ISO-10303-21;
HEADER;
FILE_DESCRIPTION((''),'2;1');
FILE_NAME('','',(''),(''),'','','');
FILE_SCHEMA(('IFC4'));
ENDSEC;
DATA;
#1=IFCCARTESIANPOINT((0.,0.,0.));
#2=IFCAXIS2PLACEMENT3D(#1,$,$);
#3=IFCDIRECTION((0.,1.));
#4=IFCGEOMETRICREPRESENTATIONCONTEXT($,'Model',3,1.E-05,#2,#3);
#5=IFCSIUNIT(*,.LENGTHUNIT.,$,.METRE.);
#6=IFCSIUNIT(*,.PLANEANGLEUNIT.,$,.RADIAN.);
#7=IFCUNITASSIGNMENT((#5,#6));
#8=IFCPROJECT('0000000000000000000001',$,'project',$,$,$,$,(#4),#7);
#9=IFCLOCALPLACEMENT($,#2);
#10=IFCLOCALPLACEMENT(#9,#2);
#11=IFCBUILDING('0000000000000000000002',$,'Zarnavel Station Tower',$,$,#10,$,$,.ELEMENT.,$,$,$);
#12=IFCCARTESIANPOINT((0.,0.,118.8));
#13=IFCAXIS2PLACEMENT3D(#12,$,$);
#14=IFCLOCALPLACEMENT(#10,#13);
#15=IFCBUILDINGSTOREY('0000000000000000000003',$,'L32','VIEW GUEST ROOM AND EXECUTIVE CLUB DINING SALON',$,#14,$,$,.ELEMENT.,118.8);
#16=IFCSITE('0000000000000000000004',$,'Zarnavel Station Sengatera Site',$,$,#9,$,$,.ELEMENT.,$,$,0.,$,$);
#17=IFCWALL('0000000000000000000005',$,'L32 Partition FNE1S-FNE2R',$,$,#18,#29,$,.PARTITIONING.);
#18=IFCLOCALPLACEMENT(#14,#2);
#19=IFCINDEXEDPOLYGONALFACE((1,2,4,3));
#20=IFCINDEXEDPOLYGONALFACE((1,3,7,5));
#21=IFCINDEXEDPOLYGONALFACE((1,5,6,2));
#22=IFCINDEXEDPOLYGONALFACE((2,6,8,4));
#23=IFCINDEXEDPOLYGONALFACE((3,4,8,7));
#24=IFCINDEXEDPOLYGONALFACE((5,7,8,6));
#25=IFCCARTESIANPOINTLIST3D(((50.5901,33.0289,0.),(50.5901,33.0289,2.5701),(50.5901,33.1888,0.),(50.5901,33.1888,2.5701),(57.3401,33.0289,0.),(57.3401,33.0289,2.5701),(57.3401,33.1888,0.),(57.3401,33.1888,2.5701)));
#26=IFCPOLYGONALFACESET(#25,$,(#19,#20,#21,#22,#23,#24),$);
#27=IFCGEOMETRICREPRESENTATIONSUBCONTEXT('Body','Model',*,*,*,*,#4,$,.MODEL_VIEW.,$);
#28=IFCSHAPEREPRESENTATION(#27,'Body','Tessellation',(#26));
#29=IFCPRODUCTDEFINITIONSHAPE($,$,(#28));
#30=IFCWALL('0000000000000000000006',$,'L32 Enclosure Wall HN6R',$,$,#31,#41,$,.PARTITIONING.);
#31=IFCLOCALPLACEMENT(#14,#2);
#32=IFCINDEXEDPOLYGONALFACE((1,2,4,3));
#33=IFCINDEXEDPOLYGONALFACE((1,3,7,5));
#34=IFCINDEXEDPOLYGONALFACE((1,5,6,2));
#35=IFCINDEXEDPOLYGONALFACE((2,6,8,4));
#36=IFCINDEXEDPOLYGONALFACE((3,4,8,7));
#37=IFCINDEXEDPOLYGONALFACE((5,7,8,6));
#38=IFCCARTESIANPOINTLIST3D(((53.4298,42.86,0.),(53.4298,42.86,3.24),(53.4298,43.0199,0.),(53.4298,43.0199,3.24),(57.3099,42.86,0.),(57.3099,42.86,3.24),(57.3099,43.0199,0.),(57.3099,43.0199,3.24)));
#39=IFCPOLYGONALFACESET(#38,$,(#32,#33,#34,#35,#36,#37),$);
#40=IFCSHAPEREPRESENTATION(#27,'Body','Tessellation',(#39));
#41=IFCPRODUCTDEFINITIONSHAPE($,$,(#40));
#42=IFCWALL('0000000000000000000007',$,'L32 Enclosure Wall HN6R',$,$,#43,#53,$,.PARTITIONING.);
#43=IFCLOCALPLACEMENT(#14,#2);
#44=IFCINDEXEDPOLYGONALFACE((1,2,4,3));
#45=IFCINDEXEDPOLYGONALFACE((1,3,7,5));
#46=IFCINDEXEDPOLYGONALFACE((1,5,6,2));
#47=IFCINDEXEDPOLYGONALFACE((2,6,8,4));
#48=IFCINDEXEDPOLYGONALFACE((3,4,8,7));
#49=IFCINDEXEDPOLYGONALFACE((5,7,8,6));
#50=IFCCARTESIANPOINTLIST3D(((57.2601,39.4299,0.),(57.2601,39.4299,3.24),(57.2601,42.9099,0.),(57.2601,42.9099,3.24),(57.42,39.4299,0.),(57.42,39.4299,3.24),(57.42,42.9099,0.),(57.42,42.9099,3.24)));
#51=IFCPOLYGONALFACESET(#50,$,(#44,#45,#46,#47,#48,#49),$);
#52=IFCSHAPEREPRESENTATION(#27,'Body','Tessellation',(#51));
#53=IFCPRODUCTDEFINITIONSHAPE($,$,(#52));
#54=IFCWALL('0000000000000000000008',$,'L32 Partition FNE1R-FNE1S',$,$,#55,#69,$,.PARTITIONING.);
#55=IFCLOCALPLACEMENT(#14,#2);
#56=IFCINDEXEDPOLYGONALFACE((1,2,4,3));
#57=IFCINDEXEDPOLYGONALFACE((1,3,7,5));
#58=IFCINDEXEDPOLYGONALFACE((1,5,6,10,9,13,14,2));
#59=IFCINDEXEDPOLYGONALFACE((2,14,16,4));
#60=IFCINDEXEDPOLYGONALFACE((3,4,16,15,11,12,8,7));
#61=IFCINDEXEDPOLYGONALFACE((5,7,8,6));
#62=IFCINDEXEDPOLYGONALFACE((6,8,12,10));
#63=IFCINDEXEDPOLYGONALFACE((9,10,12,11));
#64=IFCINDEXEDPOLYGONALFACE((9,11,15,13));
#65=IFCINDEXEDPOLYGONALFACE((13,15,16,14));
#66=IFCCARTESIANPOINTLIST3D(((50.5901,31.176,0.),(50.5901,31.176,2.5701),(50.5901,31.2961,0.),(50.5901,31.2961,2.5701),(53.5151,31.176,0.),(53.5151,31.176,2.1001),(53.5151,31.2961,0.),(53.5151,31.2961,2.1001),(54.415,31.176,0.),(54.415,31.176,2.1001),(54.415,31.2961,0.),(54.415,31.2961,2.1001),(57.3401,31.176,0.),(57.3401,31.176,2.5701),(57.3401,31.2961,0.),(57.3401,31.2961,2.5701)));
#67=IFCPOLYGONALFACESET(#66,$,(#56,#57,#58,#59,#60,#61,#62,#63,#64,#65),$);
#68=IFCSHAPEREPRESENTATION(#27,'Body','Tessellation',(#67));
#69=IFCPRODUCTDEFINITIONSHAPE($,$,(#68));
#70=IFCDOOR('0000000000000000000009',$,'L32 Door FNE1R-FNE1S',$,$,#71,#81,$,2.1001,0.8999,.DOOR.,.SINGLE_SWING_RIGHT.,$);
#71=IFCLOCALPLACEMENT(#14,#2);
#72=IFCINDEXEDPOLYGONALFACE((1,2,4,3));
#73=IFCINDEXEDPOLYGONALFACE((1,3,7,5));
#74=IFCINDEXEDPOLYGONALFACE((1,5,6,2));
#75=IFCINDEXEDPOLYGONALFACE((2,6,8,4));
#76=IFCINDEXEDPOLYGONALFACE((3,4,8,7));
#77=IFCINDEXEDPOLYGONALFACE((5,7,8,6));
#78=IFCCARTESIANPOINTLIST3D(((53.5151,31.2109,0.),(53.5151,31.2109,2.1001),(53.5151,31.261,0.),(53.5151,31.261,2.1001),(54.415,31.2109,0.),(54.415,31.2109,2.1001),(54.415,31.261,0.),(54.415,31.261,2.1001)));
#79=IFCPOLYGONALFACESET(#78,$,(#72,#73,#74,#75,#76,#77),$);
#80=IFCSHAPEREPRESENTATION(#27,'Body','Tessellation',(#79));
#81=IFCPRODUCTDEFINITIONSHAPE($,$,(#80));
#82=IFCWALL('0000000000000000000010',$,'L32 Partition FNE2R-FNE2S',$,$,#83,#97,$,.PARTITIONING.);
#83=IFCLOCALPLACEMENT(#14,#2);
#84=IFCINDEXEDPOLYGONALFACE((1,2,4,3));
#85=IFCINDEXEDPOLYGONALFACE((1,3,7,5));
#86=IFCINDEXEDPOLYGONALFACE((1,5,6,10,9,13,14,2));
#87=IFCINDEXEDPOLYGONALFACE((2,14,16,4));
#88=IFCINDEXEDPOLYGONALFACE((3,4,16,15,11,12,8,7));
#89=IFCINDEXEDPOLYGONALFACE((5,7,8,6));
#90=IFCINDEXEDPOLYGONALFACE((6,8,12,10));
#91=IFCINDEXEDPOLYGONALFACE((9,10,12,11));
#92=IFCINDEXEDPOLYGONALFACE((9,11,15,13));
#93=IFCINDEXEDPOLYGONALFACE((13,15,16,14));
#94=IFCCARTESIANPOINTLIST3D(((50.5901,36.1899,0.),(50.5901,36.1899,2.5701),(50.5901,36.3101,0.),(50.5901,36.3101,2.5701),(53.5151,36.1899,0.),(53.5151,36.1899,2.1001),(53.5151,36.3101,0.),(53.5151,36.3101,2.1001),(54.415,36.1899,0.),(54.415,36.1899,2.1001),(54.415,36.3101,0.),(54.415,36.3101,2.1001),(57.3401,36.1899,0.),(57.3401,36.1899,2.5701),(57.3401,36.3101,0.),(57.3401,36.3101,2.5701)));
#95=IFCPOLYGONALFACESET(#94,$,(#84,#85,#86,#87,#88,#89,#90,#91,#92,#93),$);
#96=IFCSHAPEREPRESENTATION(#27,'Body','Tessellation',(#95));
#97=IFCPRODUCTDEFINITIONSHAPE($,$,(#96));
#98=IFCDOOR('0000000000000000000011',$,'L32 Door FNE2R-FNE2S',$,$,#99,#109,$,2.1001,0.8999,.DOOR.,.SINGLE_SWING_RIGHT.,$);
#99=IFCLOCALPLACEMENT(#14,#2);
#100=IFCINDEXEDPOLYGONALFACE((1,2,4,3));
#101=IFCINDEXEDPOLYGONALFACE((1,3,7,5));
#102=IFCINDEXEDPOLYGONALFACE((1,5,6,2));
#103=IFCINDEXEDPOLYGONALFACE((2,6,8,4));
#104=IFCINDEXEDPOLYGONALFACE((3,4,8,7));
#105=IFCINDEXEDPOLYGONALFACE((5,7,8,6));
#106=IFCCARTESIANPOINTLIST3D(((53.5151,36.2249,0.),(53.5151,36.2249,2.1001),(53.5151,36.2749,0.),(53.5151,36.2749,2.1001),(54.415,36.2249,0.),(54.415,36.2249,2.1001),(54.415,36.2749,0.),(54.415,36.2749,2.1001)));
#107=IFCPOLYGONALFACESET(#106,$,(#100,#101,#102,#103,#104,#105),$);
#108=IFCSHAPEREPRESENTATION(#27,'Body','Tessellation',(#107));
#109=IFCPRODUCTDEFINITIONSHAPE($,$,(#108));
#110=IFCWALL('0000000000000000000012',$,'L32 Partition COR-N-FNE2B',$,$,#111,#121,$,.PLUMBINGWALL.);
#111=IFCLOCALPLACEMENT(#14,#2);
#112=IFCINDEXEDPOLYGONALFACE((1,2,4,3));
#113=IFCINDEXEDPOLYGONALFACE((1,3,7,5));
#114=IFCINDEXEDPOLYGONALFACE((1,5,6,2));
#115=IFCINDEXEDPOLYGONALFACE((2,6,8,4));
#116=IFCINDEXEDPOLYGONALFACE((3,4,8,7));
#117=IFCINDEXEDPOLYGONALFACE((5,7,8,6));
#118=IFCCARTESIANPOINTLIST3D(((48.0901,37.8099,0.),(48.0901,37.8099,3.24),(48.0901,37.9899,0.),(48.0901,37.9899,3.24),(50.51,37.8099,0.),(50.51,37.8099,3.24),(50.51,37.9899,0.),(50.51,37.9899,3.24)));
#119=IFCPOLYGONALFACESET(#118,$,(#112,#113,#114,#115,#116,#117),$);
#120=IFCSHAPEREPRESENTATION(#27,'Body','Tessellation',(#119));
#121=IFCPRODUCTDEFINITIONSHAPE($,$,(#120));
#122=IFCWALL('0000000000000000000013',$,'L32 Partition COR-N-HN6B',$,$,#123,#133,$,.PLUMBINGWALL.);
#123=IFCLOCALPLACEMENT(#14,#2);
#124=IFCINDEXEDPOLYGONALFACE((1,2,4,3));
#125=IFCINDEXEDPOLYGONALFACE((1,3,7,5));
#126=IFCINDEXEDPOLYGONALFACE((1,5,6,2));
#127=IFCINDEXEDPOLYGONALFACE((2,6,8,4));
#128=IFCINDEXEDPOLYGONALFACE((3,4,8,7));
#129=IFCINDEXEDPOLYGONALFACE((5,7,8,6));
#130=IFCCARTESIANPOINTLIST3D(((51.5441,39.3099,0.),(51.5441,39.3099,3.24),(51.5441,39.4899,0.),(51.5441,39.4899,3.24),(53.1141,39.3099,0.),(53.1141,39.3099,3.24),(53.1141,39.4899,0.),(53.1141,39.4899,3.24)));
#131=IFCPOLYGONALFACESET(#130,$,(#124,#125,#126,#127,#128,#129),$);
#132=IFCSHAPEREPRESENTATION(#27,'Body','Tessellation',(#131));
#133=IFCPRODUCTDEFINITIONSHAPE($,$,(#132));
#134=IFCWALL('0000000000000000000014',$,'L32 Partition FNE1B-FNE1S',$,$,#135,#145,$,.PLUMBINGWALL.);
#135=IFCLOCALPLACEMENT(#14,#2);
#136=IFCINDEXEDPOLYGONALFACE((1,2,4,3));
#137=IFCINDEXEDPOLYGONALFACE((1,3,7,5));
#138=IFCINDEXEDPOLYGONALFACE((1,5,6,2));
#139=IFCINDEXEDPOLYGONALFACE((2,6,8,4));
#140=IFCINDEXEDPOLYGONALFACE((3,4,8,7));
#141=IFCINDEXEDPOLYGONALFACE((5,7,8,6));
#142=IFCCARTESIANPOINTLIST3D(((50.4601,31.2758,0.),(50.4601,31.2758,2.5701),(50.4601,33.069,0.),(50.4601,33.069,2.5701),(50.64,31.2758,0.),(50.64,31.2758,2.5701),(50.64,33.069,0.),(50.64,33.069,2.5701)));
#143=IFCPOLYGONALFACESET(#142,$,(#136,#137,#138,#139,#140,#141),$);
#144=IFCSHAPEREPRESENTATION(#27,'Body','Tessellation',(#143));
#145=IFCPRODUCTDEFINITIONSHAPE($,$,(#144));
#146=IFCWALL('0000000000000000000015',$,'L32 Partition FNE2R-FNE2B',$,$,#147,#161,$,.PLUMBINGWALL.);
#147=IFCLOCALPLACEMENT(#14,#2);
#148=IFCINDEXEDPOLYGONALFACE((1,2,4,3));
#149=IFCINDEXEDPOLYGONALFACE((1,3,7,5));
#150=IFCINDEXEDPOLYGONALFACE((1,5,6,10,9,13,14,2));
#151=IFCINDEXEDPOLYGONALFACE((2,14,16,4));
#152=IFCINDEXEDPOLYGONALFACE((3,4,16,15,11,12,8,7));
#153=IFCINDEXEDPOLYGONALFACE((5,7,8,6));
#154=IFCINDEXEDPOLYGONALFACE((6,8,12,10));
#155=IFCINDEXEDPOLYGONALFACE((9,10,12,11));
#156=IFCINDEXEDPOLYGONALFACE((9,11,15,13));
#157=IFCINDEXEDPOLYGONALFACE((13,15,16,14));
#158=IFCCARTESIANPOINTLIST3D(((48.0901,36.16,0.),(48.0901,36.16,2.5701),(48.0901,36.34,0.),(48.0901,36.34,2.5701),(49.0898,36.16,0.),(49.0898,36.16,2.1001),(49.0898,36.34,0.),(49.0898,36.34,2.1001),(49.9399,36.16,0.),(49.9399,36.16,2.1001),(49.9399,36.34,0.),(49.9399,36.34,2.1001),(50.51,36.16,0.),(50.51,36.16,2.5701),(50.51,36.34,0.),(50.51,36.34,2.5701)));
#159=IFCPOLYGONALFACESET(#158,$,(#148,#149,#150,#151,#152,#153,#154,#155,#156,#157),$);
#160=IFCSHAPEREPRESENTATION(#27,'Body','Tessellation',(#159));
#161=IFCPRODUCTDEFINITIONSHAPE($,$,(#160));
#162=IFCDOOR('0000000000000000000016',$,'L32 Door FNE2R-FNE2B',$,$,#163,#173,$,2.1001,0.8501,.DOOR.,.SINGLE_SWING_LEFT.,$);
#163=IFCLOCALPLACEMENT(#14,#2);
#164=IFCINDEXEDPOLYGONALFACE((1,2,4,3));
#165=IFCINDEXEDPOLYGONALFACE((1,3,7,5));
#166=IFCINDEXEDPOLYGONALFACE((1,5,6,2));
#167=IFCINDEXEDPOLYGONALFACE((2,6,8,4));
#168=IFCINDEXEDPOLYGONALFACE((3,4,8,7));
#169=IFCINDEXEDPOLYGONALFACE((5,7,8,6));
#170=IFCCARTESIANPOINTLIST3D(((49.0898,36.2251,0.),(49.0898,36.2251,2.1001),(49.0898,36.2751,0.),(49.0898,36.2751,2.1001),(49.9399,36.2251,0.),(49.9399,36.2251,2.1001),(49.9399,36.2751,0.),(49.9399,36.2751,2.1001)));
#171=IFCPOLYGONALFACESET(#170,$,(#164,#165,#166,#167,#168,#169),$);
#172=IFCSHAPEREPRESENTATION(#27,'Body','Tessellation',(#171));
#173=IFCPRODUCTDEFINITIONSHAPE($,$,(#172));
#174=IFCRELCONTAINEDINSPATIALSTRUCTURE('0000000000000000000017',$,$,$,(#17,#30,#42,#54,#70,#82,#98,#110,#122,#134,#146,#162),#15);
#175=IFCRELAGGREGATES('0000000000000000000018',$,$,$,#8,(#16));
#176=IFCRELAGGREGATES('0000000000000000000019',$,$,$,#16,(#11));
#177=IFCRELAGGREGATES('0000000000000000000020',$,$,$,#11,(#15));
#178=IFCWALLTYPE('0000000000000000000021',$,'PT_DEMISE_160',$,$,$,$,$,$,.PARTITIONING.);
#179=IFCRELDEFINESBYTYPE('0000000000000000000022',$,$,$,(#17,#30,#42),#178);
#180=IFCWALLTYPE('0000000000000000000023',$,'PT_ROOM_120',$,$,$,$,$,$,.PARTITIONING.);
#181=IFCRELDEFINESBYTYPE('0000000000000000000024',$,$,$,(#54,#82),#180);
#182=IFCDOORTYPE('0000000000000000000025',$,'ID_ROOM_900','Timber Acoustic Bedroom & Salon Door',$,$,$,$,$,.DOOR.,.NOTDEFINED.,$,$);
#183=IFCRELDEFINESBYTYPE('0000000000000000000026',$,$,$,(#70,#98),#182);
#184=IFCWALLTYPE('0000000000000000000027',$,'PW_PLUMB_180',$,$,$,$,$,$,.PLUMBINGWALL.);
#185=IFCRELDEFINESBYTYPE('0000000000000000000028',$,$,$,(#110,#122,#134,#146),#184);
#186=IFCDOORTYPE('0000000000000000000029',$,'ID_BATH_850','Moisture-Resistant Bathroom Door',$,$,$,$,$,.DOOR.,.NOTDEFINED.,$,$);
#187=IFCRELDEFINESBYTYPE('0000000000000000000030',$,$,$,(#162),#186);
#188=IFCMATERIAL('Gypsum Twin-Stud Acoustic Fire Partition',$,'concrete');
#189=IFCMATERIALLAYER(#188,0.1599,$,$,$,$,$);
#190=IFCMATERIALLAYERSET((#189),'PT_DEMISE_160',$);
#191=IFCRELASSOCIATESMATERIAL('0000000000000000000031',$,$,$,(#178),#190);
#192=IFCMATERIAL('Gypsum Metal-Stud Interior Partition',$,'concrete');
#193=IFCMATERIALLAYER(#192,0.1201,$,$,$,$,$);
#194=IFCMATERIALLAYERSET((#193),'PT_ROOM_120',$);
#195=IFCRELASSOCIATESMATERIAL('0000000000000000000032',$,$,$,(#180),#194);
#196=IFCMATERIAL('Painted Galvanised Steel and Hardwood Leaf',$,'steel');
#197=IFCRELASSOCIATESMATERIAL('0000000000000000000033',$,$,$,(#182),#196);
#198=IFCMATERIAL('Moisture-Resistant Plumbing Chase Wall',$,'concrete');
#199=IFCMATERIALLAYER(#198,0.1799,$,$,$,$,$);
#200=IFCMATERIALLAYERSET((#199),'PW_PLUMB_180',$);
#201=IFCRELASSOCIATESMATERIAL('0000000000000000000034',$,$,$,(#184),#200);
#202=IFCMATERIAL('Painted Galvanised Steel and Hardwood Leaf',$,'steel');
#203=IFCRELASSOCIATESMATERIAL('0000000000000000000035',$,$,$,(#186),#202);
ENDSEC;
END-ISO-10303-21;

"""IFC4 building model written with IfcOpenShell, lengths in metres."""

from ifc_helpers import new_model, si_unit, direction, frame, frame_2d, origin, place, context, subcontext, project, spatial, rectangle, extrude, material, layer, layer_set, type_object, element, fill, save


model = new_model("IFC4")

# Units and contexts
model_context = context("Model", 3, precision=1e-05, world=origin(), true_north=direction((0.0, 1.0)))
body_context = subcontext(model_context, "Body", "Model", "MODEL_VIEW")
ifc_project = project(units=[si_unit("LENGTHUNIT", "METRE"), si_unit("PLANEANGLEUNIT", "RADIAN")], contexts=[model_context])

# Site, building, storey
site_placement = place(None, origin())
site = spatial("IfcSite", under=ifc_project, at=site_placement, Name="Zarnavel Station Sengatera Site", CompositionType="ELEMENT", RefElevation=0.0)
building_placement = place(site_placement, origin())
building = spatial("IfcBuilding", under=site, at=building_placement, Name="Zarnavel Station Tower", CompositionType="ELEMENT")
storey_placement = place(building_placement, frame((0.0, 0.0, 118.8)))
storey = spatial("IfcBuildingStorey", under=building, at=storey_placement, Name="L32", Description="VIEW GUEST ROOM AND EXECUTIVE CLUB DINING SALON", CompositionType="ELEMENT", Elevation=118.8)

# Shared definitions
ifc_material_1 = material(Name="Gypsum Twin-Stud Acoustic Fire Partition", Category="concrete")
ifc_layer_1 = layer(ifc_material_1, 0.1599)
ifc_layer_set_1 = layer_set([ifc_layer_1], Name="PT_DEMISE_160")
wall_type_1 = type_object("IfcWallType", Name="PT_DEMISE_160", PredefinedType="PARTITIONING", material=ifc_layer_set_1)

# Walls
wall_1_placement = place(storey_placement, frame((50.5901, 33.1089, 0.0), z_axis=(0.0, 0.0, 1.0), x_axis=(1.0, 0.0, 0.0)))
element("IfcWall", 1, at=wall_1_placement, inside=storey, type_object=wall_type_1, Name="L32 Partition FNE1S-FNE2R", PredefinedType="PARTITIONING", context=body_context, shape_type="SweptSolid", body=[
    extrude(rectangle(XDim=6.75, YDim=0.1599, at=frame_2d((3.375, 0.0))), origin(), (0.0, 0.0, 1.0), 2.5701),
])
wall_2_placement = place(storey_placement, frame((53.4299, 42.9399, 0.0), z_axis=(0.0, 0.0, 1.0), x_axis=(1.0, 0.0, 0.0)))
element("IfcWall", 2, at=wall_2_placement, inside=storey, type_object=wall_type_1, Name="L32 Enclosure Wall HN6R", PredefinedType="PARTITIONING", context=body_context, shape_type="SweptSolid", body=[
    extrude(rectangle(XDim=3.8801, YDim=0.1599, at=frame_2d((1.9399, 0.0))), origin(), (0.0, 0.0, 1.0), 3.24),
])
wall_3_placement = place(storey_placement, frame((57.3401, 39.4299, 0.0), z_axis=(0.0, 0.0, 1.0), x_axis=(0.0, 1.0, 0.0)))
element("IfcWall", 3, at=wall_3_placement, inside=storey, type_object=wall_type_1, Name="L32 Enclosure Wall HN6R", PredefinedType="PARTITIONING", context=body_context, shape_type="SweptSolid", body=[
    extrude(rectangle(XDim=3.48, YDim=0.1599, at=frame_2d((1.74, 0.0))), origin(), (0.0, 0.0, 1.0), 3.24),
])

# Walls, openings, doors
ifc_material_2 = material(Name="Gypsum Metal-Stud Interior Partition", Category="concrete")
ifc_layer_2 = layer(ifc_material_2, 0.1201)
ifc_layer_set_2 = layer_set([ifc_layer_2], Name="PT_ROOM_120")
wall_type_2 = type_object("IfcWallType", Name="PT_ROOM_120", PredefinedType="PARTITIONING", material=ifc_layer_set_2)
wall_4_placement = place(storey_placement, frame((50.5901, 31.2361, 0.0), z_axis=(0.0, 0.0, 1.0), x_axis=(1.0, 0.0, 0.0)))
wall_4 = element("IfcWall", 4, at=wall_4_placement, inside=storey, type_object=wall_type_2, Name="L32 Partition FNE1R-FNE1S", PredefinedType="PARTITIONING", context=body_context, shape_type="SweptSolid", body=[
    extrude(rectangle(XDim=6.75, YDim=0.1201, at=frame_2d((3.375, 0.0))), origin(), (0.0, 0.0, 1.0), 2.5701),
])
opening_1_placement = place(wall_4_placement, frame((2.925, 0.0, 0.0)))
opening_1 = element("IfcOpeningElement", 5, at=opening_1_placement, cuts=wall_4, PredefinedType="OPENING", context=body_context, shape_type="SweptSolid", body=[
    extrude(rectangle(XDim=0.8999, YDim=2.1001, at=frame_2d((0.45, 1.05))), frame((0.0, 0.0701, 0.0), z_axis=(0.0, -1.0, 0.0), x_axis=(1.0, 0.0, 0.0)), (0.0, 0.0, 1.0), 0.1401),
])
ifc_material_3 = material(Name="Painted Galvanised Steel and Hardwood Leaf", Category="steel")
door_type_1 = type_object("IfcDoorType", Name="ID_ROOM_900", Description="Timber Acoustic Bedroom & Salon Door", OperationType="NOTDEFINED", PredefinedType="DOOR", material=ifc_material_3)
door_1_placement = place(opening_1_placement, origin())
door_1 = element("IfcDoor", 6, at=door_1_placement, inside=storey, type_object=door_type_1, Name="L32 Door FNE1R-FNE1S", OperationType="SINGLE_SWING_RIGHT", OverallHeight=2.1001, OverallWidth=0.8999, PredefinedType="DOOR", context=body_context, shape_type="SweptSolid", body=[
    extrude(rectangle(XDim=0.8999, YDim=2.1001, at=frame_2d((0.45, 1.05))), frame((0.0, 0.0249, 0.0), z_axis=(0.0, -1.0, 0.0), x_axis=(1.0, 0.0, 0.0)), (0.0, 0.0, 1.0), 0.05),
])
fill(opening_1, door_1)
wall_5_placement = place(storey_placement, frame((50.5901, 36.25, 0.0), z_axis=(0.0, 0.0, 1.0), x_axis=(1.0, 0.0, 0.0)))
wall_5 = element("IfcWall", 7, at=wall_5_placement, inside=storey, type_object=wall_type_2, Name="L32 Partition FNE2R-FNE2S", PredefinedType="PARTITIONING", context=body_context, shape_type="SweptSolid", body=[
    extrude(rectangle(XDim=6.75, YDim=0.1201, at=frame_2d((3.375, 0.0))), origin(), (0.0, 0.0, 1.0), 2.5701),
])
opening_2_placement = place(wall_5_placement, frame((2.925, 0.0, 0.0)))
opening_2 = element("IfcOpeningElement", 8, at=opening_2_placement, cuts=wall_5, PredefinedType="OPENING", context=body_context, shape_type="SweptSolid", body=[
    extrude(rectangle(XDim=0.8999, YDim=2.1001, at=frame_2d((0.45, 1.05))), frame((0.0, 0.0701, 0.0), z_axis=(0.0, -1.0, 0.0), x_axis=(1.0, 0.0, 0.0)), (0.0, 0.0, 1.0), 0.1401),
])
door_2_placement = place(opening_2_placement, origin())
door_2 = element("IfcDoor", 9, at=door_2_placement, inside=storey, type_object=door_type_1, Name="L32 Door FNE2R-FNE2S", OperationType="SINGLE_SWING_RIGHT", OverallHeight=2.1001, OverallWidth=0.8999, PredefinedType="DOOR", context=body_context, shape_type="SweptSolid", body=[
    extrude(rectangle(XDim=0.8999, YDim=2.1001, at=frame_2d((0.45, 1.05))), frame((0.0, 0.0249, 0.0), z_axis=(0.0, -1.0, 0.0), x_axis=(1.0, 0.0, 0.0)), (0.0, 0.0, 1.0), 0.05),
])
fill(opening_2, door_2)

# Walls
ifc_material_4 = material(Name="Moisture-Resistant Plumbing Chase Wall", Category="concrete")
ifc_layer_3 = layer(ifc_material_4, 0.1799)
ifc_layer_set_3 = layer_set([ifc_layer_3], Name="PW_PLUMB_180")
wall_type_3 = type_object("IfcWallType", Name="PW_PLUMB_180", PredefinedType="PLUMBINGWALL", material=ifc_layer_set_3)
wall_6_placement = place(storey_placement, frame((48.0901, 37.8999, 0.0), z_axis=(0.0, 0.0, 1.0), x_axis=(1.0, 0.0, 0.0)))
element("IfcWall", 10, at=wall_6_placement, inside=storey, type_object=wall_type_3, Name="L32 Partition COR-N-FNE2B", PredefinedType="PLUMBINGWALL", context=body_context, shape_type="SweptSolid", body=[
    extrude(rectangle(XDim=2.4199, YDim=0.1799, at=frame_2d((1.21, 0.0))), origin(), (0.0, 0.0, 1.0), 3.24),
])
wall_7_placement = place(storey_placement, frame((51.5439, 39.3999, 0.0), z_axis=(0.0, 0.0, 1.0), x_axis=(1.0, 0.0, 0.0)))
element("IfcWall", 11, at=wall_7_placement, inside=storey, type_object=wall_type_3, Name="L32 Partition COR-N-HN6B", PredefinedType="PLUMBINGWALL", context=body_context, shape_type="SweptSolid", body=[
    extrude(rectangle(XDim=1.5701, YDim=0.1799, at=frame_2d((0.7852, 0.0))), origin(), (0.0, 0.0, 1.0), 3.24),
])
wall_8_placement = place(storey_placement, frame((50.55, 31.2759, 0.0), z_axis=(0.0, 0.0, 1.0), x_axis=(0.0, 1.0, 0.0)))
element("IfcWall", 12, at=wall_8_placement, inside=storey, type_object=wall_type_3, Name="L32 Partition FNE1B-FNE1S", PredefinedType="PLUMBINGWALL", context=body_context, shape_type="SweptSolid", body=[
    extrude(rectangle(XDim=1.7932, YDim=0.1799, at=frame_2d((0.8965, 0.0))), origin(), (0.0, 0.0, 1.0), 2.5701),
])

# Wall, opening, door
wall_9_placement = place(storey_placement, frame((50.51, 36.25, 0.0), z_axis=(0.0, 0.0, 1.0), x_axis=(-1.0, 0.0, 0.0)))
wall_9 = element("IfcWall", 13, at=wall_9_placement, inside=storey, type_object=wall_type_3, Name="L32 Partition FNE2R-FNE2B", PredefinedType="PLUMBINGWALL", context=body_context, shape_type="SweptSolid", body=[
    extrude(rectangle(XDim=2.4199, YDim=0.1799, at=frame_2d((1.21, 0.0))), origin(), (0.0, 0.0, 1.0), 2.5701),
])
opening_3_placement = place(wall_9_placement, frame((0.5701, 0.0, 0.0)))
opening_3 = element("IfcOpeningElement", 14, at=opening_3_placement, cuts=wall_9, PredefinedType="OPENING", context=body_context, shape_type="SweptSolid", body=[
    extrude(rectangle(XDim=0.8501, YDim=2.1001, at=frame_2d((0.425, 1.05))), frame((0.0, 0.0999, 0.0), z_axis=(0.0, -1.0, 0.0), x_axis=(1.0, 0.0, 0.0)), (0.0, 0.0, 1.0), 0.2),
])
ifc_material_5 = material(Name="Painted Galvanised Steel and Hardwood Leaf", Category="steel")
door_type_2 = type_object("IfcDoorType", Name="ID_BATH_850", Description="Moisture-Resistant Bathroom Door", OperationType="NOTDEFINED", PredefinedType="DOOR", material=ifc_material_5)
door_3_placement = place(opening_3_placement, origin())
door_3 = element("IfcDoor", 15, at=door_3_placement, inside=storey, type_object=door_type_2, Name="L32 Door FNE2R-FNE2B", OperationType="SINGLE_SWING_LEFT", OverallHeight=2.1001, OverallWidth=0.8501, PredefinedType="DOOR", context=body_context, shape_type="SweptSolid", body=[
    extrude(rectangle(XDim=0.8501, YDim=2.1001, at=frame_2d((0.425, 1.05))), frame((0.0, 0.0249, 0.0), z_axis=(0.0, -1.0, 0.0), x_axis=(1.0, 0.0, 0.0)), (0.0, 0.0, 1.0), 0.05),
])
fill(opening_3, door_3)

save(model, "model.ifc")
